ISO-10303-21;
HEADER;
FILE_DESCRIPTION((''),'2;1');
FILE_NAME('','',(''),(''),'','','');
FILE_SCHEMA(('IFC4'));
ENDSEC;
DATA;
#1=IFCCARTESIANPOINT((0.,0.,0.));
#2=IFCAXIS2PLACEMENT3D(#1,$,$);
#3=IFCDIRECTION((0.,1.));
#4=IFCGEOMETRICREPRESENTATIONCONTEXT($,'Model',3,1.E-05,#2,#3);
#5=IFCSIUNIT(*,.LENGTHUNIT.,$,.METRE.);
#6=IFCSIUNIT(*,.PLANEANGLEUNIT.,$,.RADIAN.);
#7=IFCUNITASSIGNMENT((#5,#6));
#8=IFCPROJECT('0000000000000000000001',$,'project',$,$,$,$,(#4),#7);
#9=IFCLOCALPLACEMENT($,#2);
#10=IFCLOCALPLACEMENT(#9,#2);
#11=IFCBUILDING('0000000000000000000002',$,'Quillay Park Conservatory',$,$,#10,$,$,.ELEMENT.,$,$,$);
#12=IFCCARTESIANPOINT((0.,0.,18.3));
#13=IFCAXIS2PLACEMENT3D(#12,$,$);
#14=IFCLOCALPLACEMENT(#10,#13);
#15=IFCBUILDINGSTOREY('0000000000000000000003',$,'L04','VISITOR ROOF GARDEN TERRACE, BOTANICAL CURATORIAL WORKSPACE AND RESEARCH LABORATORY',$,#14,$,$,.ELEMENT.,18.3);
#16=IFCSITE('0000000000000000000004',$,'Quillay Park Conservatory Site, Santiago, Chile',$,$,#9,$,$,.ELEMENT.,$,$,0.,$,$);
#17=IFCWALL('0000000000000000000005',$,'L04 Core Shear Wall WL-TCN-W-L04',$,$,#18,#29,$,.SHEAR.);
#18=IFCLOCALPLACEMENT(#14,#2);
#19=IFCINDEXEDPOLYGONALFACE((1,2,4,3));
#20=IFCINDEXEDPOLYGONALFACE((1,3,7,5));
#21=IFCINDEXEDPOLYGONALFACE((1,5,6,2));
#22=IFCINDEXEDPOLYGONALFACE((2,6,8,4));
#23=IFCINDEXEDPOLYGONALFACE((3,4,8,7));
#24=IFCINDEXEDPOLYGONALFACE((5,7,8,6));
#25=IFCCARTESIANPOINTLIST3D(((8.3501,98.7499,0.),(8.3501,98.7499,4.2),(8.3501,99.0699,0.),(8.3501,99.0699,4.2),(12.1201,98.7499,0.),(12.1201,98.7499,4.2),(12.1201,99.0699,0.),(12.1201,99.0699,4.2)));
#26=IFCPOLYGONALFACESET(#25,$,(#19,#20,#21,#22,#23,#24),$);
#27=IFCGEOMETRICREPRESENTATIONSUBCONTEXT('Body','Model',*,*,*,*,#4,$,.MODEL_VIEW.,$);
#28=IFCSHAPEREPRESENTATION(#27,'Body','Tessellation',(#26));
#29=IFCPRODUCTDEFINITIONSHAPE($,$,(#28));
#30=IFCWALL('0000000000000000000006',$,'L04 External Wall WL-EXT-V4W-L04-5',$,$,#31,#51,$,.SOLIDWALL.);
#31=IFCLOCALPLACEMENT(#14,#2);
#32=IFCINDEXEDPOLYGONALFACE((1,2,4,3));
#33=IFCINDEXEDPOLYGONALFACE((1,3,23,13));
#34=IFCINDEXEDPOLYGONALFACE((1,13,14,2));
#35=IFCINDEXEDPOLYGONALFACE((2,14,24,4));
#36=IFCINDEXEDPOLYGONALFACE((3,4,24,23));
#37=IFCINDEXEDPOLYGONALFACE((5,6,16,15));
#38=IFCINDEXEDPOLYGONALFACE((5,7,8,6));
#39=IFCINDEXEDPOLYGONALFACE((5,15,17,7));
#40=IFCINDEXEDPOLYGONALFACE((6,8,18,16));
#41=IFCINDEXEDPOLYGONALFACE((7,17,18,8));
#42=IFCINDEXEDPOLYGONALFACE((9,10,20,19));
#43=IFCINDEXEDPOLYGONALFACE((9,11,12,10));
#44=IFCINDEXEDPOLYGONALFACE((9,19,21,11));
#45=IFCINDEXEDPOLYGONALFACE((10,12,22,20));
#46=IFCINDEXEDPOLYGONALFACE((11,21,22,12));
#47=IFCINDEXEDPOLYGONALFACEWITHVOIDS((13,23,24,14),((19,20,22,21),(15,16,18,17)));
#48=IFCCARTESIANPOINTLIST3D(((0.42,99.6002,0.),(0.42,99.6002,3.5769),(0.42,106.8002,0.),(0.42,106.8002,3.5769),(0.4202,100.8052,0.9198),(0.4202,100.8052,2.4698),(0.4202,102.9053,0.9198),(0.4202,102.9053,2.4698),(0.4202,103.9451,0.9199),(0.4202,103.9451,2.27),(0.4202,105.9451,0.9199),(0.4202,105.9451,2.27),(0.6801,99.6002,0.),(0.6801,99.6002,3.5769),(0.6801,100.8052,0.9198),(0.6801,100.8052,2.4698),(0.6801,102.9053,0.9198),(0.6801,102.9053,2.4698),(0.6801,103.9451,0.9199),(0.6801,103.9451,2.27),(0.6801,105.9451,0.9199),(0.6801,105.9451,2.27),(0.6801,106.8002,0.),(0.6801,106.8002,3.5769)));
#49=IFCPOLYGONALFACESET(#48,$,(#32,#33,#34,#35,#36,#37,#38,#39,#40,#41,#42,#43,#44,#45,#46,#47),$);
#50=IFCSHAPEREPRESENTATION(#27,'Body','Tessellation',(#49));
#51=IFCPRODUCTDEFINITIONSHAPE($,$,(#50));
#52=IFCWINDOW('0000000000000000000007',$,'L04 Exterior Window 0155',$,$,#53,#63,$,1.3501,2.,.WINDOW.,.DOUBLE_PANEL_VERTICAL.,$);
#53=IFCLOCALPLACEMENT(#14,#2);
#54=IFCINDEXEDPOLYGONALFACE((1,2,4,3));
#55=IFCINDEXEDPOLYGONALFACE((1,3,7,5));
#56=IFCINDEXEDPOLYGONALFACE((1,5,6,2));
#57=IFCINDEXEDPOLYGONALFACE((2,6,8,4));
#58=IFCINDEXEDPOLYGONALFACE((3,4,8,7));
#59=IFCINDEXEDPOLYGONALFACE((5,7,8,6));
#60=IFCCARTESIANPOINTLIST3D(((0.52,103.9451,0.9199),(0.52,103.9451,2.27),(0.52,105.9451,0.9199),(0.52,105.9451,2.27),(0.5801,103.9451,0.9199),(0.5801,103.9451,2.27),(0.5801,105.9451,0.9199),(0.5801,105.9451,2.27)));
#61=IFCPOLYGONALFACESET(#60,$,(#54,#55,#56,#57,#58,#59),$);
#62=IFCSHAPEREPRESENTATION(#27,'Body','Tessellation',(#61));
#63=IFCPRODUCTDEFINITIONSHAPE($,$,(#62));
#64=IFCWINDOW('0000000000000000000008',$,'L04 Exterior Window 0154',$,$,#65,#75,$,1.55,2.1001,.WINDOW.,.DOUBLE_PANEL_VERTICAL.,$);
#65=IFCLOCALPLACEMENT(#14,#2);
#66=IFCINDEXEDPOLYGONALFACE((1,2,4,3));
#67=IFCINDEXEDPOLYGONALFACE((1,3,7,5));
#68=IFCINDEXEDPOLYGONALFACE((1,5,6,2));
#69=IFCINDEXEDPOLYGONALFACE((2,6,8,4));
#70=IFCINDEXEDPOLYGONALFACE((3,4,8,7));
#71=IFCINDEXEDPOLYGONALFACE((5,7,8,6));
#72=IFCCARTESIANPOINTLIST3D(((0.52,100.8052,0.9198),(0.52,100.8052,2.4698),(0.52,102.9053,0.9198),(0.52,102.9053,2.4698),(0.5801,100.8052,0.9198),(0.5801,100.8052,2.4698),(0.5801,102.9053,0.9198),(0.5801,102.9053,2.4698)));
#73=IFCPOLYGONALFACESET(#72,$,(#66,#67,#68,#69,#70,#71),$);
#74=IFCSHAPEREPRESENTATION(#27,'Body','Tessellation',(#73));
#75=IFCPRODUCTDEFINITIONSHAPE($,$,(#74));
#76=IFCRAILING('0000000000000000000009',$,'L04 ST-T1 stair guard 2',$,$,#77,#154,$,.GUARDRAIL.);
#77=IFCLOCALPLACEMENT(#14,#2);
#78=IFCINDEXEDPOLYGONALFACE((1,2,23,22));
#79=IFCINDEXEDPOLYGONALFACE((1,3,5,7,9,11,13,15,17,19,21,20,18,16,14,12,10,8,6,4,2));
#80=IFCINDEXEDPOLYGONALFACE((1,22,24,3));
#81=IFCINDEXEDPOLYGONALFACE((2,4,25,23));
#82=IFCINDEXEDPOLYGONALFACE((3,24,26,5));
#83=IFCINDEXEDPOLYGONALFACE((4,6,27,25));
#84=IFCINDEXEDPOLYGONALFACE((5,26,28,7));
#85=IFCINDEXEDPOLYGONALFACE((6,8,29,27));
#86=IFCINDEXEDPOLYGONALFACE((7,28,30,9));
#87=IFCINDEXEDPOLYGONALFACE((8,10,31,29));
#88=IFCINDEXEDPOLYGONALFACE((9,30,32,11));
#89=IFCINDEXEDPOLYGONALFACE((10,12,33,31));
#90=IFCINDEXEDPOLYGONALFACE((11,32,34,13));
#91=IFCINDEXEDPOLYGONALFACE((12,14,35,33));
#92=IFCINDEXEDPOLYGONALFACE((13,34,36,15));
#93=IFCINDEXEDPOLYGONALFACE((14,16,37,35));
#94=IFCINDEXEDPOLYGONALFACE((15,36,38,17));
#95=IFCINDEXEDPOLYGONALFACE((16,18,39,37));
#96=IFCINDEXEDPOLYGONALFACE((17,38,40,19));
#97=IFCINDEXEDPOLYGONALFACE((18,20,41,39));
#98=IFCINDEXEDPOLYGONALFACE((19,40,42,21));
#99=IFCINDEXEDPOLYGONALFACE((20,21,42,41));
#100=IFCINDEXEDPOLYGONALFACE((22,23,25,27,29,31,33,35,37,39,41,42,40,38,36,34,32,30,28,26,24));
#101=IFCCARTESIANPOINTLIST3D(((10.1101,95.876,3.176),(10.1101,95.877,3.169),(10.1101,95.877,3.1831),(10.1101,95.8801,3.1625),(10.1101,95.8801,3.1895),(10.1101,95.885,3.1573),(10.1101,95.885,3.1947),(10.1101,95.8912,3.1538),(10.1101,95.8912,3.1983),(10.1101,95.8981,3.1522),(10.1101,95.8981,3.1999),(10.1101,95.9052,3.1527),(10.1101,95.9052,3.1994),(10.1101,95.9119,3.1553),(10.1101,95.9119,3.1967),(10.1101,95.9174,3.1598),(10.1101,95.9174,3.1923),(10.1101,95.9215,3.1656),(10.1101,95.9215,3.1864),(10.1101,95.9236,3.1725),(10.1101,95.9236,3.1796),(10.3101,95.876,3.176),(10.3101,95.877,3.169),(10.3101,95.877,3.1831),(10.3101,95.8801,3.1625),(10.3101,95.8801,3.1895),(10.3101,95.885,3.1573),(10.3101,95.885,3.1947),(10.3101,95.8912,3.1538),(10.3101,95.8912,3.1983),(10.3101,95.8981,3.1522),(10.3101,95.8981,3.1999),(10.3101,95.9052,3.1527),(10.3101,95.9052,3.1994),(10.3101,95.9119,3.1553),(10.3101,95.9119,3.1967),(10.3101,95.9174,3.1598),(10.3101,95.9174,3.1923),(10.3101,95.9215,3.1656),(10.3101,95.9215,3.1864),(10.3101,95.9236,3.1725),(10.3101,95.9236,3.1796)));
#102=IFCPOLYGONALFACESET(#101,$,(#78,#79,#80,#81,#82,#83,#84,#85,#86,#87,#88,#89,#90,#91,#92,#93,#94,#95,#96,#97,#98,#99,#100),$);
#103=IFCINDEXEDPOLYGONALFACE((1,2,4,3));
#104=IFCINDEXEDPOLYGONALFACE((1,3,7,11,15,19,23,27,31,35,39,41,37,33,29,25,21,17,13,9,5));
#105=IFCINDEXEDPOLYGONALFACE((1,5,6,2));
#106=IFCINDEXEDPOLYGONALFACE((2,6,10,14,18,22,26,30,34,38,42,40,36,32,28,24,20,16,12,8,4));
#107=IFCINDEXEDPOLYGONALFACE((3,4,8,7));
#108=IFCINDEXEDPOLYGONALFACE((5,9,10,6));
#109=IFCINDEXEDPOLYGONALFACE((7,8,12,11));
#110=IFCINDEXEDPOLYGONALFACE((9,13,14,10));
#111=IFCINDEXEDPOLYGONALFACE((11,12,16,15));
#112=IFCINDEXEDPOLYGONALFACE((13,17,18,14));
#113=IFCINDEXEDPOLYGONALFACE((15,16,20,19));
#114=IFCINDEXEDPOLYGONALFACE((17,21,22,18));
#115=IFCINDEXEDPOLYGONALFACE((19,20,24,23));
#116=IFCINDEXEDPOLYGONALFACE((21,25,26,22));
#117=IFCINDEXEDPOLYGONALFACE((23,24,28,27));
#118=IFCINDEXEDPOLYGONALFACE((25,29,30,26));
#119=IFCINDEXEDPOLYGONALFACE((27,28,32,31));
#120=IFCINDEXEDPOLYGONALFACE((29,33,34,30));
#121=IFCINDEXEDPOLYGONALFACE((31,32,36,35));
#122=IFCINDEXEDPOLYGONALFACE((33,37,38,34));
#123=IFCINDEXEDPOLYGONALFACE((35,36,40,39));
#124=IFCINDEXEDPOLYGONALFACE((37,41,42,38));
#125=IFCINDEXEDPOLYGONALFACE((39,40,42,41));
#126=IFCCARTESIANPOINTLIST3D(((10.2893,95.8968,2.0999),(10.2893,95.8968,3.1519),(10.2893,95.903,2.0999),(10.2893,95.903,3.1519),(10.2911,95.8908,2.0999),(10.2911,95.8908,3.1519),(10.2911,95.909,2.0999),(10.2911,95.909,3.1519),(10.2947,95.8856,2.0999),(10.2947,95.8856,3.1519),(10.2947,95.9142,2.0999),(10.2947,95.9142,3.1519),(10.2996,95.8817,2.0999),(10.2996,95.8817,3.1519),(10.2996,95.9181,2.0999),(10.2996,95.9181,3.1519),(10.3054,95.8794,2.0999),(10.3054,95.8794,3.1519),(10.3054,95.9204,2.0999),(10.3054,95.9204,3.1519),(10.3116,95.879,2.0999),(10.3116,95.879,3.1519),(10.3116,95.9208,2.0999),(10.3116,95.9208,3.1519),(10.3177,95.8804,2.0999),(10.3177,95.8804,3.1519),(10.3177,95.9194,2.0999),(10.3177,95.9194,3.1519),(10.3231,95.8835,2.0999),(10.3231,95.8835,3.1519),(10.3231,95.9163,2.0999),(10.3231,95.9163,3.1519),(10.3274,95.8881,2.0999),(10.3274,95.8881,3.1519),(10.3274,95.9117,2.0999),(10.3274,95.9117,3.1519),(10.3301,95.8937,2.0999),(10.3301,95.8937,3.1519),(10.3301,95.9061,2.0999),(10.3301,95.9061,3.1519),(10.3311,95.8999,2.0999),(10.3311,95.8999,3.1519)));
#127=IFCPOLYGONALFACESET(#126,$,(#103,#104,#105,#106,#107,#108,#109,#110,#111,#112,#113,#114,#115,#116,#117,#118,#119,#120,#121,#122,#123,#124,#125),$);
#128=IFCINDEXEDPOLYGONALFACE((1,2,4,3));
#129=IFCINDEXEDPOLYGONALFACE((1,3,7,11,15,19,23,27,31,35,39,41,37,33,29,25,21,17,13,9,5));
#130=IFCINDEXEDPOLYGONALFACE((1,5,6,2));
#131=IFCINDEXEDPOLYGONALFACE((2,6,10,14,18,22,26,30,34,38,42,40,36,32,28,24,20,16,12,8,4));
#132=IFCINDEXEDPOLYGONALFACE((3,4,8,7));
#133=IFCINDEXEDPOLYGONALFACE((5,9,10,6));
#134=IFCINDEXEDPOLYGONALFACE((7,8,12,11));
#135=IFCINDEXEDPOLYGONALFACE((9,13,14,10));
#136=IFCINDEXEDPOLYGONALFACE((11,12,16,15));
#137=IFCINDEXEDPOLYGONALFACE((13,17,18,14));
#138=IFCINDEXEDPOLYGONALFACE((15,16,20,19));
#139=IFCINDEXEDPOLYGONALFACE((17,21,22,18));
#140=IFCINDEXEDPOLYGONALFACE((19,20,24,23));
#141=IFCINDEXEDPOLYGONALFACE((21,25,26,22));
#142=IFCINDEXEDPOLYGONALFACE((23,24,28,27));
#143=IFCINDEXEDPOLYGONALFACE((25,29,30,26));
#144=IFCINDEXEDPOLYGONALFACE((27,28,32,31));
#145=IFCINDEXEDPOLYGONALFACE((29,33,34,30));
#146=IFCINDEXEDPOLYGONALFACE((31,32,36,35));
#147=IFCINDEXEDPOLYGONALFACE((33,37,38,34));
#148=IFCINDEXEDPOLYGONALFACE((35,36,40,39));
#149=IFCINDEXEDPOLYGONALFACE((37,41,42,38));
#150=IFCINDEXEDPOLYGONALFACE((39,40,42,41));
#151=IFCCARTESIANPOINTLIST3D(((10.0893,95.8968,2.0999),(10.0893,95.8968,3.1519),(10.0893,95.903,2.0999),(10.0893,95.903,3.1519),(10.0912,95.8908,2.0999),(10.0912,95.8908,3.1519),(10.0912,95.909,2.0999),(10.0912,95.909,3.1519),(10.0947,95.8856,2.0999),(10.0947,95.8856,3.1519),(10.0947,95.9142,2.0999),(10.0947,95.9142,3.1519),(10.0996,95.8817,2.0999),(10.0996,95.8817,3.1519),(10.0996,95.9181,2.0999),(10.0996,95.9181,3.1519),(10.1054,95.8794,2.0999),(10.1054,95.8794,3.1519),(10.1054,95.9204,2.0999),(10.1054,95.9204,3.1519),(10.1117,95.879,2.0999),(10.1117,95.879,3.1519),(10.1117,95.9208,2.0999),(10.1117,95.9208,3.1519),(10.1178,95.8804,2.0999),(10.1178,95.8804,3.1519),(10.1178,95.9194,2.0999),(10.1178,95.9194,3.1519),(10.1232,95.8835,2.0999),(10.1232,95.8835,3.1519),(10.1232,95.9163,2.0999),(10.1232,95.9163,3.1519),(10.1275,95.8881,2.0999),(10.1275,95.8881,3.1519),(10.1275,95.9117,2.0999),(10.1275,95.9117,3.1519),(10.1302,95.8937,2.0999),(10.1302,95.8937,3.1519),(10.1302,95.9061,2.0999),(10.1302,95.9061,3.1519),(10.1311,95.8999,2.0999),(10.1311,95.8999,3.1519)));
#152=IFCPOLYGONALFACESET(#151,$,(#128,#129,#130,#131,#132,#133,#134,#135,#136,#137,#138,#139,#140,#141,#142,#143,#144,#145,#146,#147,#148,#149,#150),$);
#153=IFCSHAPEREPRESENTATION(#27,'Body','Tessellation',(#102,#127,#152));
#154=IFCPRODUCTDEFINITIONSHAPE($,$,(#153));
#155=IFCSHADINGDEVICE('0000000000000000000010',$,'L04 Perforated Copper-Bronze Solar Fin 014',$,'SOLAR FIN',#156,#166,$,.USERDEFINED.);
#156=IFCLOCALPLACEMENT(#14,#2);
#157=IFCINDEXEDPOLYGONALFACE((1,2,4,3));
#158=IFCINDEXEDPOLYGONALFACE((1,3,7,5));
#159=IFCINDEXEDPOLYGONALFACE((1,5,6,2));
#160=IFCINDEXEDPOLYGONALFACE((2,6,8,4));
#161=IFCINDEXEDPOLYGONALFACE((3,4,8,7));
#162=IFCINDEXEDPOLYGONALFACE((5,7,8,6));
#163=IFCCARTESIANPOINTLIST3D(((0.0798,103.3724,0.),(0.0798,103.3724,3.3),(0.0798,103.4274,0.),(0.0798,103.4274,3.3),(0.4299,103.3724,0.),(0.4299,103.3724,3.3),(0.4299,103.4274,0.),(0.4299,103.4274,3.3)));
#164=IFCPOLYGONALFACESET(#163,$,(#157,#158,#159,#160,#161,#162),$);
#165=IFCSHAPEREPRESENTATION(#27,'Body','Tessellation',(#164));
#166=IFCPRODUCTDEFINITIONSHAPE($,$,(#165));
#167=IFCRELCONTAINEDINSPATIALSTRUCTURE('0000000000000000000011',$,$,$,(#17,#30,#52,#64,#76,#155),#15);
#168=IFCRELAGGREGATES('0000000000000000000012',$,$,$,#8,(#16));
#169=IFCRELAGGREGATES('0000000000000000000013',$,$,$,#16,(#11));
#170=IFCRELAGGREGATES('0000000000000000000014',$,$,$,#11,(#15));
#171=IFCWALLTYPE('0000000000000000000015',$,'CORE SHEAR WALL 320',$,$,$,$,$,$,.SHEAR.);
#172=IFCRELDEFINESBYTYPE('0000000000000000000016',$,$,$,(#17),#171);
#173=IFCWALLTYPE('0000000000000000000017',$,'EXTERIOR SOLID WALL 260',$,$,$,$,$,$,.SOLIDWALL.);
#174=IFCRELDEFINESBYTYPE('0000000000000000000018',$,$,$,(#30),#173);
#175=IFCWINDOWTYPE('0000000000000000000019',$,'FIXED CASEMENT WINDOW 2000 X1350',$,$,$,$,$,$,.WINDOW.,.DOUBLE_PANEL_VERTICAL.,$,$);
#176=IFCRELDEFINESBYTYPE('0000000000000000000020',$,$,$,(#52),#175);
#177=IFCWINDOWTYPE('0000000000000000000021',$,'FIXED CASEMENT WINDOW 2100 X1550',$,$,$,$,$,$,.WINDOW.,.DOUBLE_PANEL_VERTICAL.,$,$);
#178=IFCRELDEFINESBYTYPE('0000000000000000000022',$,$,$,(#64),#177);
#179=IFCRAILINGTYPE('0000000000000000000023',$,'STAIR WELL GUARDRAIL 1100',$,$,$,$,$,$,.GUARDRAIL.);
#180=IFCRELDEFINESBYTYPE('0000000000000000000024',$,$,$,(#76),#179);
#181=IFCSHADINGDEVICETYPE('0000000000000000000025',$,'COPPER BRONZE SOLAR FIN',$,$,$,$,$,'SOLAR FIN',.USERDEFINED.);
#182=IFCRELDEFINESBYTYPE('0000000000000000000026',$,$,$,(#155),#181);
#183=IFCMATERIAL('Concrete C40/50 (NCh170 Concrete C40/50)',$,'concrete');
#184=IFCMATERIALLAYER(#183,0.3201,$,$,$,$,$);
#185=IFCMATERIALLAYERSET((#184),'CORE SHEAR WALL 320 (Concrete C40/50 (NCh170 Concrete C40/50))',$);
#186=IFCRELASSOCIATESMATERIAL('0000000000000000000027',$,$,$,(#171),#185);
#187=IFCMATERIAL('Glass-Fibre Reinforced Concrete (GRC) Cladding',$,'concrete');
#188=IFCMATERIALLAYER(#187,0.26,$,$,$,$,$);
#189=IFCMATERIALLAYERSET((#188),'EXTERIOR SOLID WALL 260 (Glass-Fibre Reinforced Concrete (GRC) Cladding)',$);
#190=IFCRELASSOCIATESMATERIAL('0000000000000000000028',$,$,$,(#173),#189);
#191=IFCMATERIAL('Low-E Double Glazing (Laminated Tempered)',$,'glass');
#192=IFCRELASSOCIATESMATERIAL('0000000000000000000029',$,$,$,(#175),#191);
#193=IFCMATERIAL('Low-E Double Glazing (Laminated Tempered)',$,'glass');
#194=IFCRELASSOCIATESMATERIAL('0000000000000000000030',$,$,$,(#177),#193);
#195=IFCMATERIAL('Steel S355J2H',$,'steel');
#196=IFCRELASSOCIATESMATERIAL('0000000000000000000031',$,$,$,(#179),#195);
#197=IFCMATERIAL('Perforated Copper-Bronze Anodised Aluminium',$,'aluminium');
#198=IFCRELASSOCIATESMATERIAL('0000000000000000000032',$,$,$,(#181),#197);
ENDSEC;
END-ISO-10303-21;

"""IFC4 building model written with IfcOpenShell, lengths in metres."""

from ifc_helpers import new_model, si_unit, direction, frame, frame_2d, origin, origin_2d, place, context, subcontext, project, spatial, rectangle, circle, extrude, material, layer, layer_set, type_object, element, fill, save


model = new_model("IFC4")

# Units and contexts
model_context = context("Model", 3, precision=1e-05, world=origin(), true_north=direction((0.0, 1.0)))
body_context = subcontext(model_context, "Body", "Model", "MODEL_VIEW")
ifc_project = project(units=[si_unit("LENGTHUNIT", "METRE"), si_unit("PLANEANGLEUNIT", "RADIAN")], contexts=[model_context])

# Site, building, storey
site_placement = place(None, origin())
site = spatial("IfcSite", under=ifc_project, at=site_placement, Name="Quillay Park Conservatory Site, Santiago, Chile", CompositionType="ELEMENT", RefElevation=0.0)
building_placement = place(site_placement, origin())
building = spatial("IfcBuilding", under=site, at=building_placement, Name="Quillay Park Conservatory", CompositionType="ELEMENT")
storey_placement = place(building_placement, frame((0.0, 0.0, 18.3)))
storey = spatial("IfcBuildingStorey", under=building, at=storey_placement, Name="L04", Description="VISITOR ROOF GARDEN TERRACE, BOTANICAL CURATORIAL WORKSPACE AND RESEARCH LABORATORY", CompositionType="ELEMENT", Elevation=18.3)

# Wall
ifc_material_1 = material(Name="Concrete C40/50 (NCh170 Concrete C40/50)", Category="concrete")
ifc_layer_1 = layer(ifc_material_1, 0.3201)
ifc_layer_set_1 = layer_set([ifc_layer_1], Name="CORE SHEAR WALL 320 (Concrete C40/50 (NCh170 Concrete C40/50))")
wall_type_1 = type_object("IfcWallType", Name="CORE SHEAR WALL 320", PredefinedType="SHEAR", material=ifc_layer_set_1)
wall_1_placement = place(storey_placement, frame((8.3501, 98.9099, 0.0), z_axis=(0.0, 0.0, 1.0), x_axis=(1.0, 0.0, 0.0)))
element("IfcWall", 1, at=wall_1_placement, inside=storey, type_object=wall_type_1, Name="L04 Core Shear Wall WL-TCN-W-L04", PredefinedType="SHEAR", context=body_context, shape_type="SweptSolid", body=[
    extrude(rectangle(XDim=3.77, YDim=0.3201, at=frame_2d((1.885, 0.0))), origin(), (0.0, 0.0, 1.0), 4.2),
])

# Wall, openings, windows
ifc_material_2 = material(Name="Glass-Fibre Reinforced Concrete (GRC) Cladding", Category="concrete")
ifc_layer_2 = layer(ifc_material_2, 0.26)
ifc_layer_set_2 = layer_set([ifc_layer_2], Name="EXTERIOR SOLID WALL 260 (Glass-Fibre Reinforced Concrete (GRC) Cladding)")
wall_type_2 = type_object("IfcWallType", Name="EXTERIOR SOLID WALL 260", PredefinedType="SOLIDWALL", material=ifc_layer_set_2)
wall_2_placement = place(storey_placement, frame((0.55, 99.6001, 0.0), z_axis=(0.0, 0.0, 1.0), x_axis=(0.0, 1.0, 0.0)))
wall_2 = element("IfcWall", 2, at=wall_2_placement, inside=storey, type_object=wall_type_2, Name="L04 External Wall WL-EXT-V4W-L04-5", PredefinedType="SOLIDWALL", context=body_context, shape_type="SweptSolid", body=[
    extrude(rectangle(XDim=7.2, YDim=0.26, at=frame_2d((3.6001, 0.0))), origin(), (0.0, 0.0, 1.0), 3.5769),
])
opening_1_placement = place(wall_2_placement, frame((1.2051, 0.0, 0.9199)))
opening_1 = element("IfcOpeningElement", 3, at=opening_1_placement, cuts=wall_2, PredefinedType="OPENING", context=body_context, shape_type="SweptSolid", body=[
    extrude(rectangle(XDim=2.1001, YDim=1.55, at=frame_2d((1.05, 0.7749))), frame((0.0, 0.1299, 0.0), z_axis=(0.0, -1.0, 0.0), x_axis=(1.0, 0.0, 0.0)), (0.0, 0.0, 1.0), 0.26),
])
opening_2_placement = place(wall_2_placement, frame((4.345, 0.0, 0.9199)))
opening_2 = element("IfcOpeningElement", 4, at=opening_2_placement, cuts=wall_2, PredefinedType="OPENING", context=body_context, shape_type="SweptSolid", body=[
    extrude(rectangle(XDim=2.0, YDim=1.3501, at=frame_2d((1.0, 0.675))), frame((0.0, 0.1299, 0.0), z_axis=(0.0, -1.0, 0.0), x_axis=(1.0, 0.0, 0.0)), (0.0, 0.0, 1.0), 0.26),
])
ifc_material_3 = material(Name="Low-E Double Glazing (Laminated Tempered)", Category="glass")
window_type_1 = type_object("IfcWindowType", Name="FIXED CASEMENT WINDOW 2000 X1350", PartitioningType="DOUBLE_PANEL_VERTICAL", PredefinedType="WINDOW", material=ifc_material_3)
window_1_placement = place(opening_2_placement, origin())
window_1 = element("IfcWindow", 5, at=window_1_placement, inside=storey, type_object=window_type_1, Name="L04 Exterior Window 0155", OverallHeight=1.3501, OverallWidth=2.0, PartitioningType="DOUBLE_PANEL_VERTICAL", PredefinedType="WINDOW", context=body_context, shape_type="SweptSolid", body=[
    extrude(rectangle(XDim=2.0, YDim=1.3501, at=frame_2d((1.0, 0.675))), frame((0.0, 0.03, 0.0), z_axis=(0.0, -1.0, 0.0), x_axis=(1.0, 0.0, 0.0)), (0.0, 0.0, 1.0), 0.0601),
])
fill(opening_2, window_1)
ifc_material_4 = material(Name="Low-E Double Glazing (Laminated Tempered)", Category="glass")
window_type_2 = type_object("IfcWindowType", Name="FIXED CASEMENT WINDOW 2100 X1550", PartitioningType="DOUBLE_PANEL_VERTICAL", PredefinedType="WINDOW", material=ifc_material_4)
window_2_placement = place(opening_1_placement, origin())
window_2 = element("IfcWindow", 6, at=window_2_placement, inside=storey, type_object=window_type_2, Name="L04 Exterior Window 0154", OverallHeight=1.55, OverallWidth=2.1001, PartitioningType="DOUBLE_PANEL_VERTICAL", PredefinedType="WINDOW", context=body_context, shape_type="SweptSolid", body=[
    extrude(rectangle(XDim=2.1001, YDim=1.55, at=frame_2d((1.05, 0.7749))), frame((0.0, 0.03, 0.0), z_axis=(0.0, -1.0, 0.0), x_axis=(1.0, 0.0, 0.0)), (0.0, 0.0, 1.0), 0.0601),
])
fill(opening_1, window_2)

# Railing
ifc_material_5 = material(Name="Steel S355J2H", Category="steel")
railing_type = type_object("IfcRailingType", Name="STAIR WELL GUARDRAIL 1100", PredefinedType="GUARDRAIL", material=ifc_material_5)
railing_placement = place(storey_placement, frame((10.3101, 95.8999, 2.0999)))
element("IfcRailing", 7, at=railing_placement, inside=storey, type_object=railing_type, Name="L04 ST-T1 stair guard 2", PredefinedType="GUARDRAIL", context=body_context, shape_type="SweptSolid", body=[
    extrude(circle(Radius=0.0239, at=origin_2d()), frame((0.0, 0.0, 1.0762), z_axis=(-1.0, 0.0, 0.0), x_axis=(0.0, -1.0, 0.0)), (0.0, 0.0, 1.0), 0.2),
    extrude(circle(Radius=0.021, at=origin_2d()), origin(), (0.0, 0.0, 1.0), 1.052),
    extrude(circle(Radius=0.021, at=origin_2d()), frame((-0.2, 0.0, 0.0)), (0.0, 0.0, 1.0), 1.052),
])

# Shading device
ifc_material_6 = material(Name="Perforated Copper-Bronze Anodised Aluminium", Category="aluminium")
shading_device_type = type_object("IfcShadingDeviceType", Name="COPPER BRONZE SOLAR FIN", ElementType="SOLAR FIN", PredefinedType="USERDEFINED", material=ifc_material_6)
shading_device_placement = place(storey_placement, frame((0.2549, 103.3999, 0.0), z_axis=(0.0, 0.0, 1.0), x_axis=(1.0, 0.0, 0.0)))
element("IfcShadingDevice", 8, at=shading_device_placement, inside=storey, type_object=shading_device_type, Name="L04 Perforated Copper-Bronze Solar Fin 014", ObjectType="SOLAR FIN", PredefinedType="USERDEFINED", context=body_context, shape_type="SweptSolid", body=[
    extrude(rectangle(XDim=0.3501, YDim=0.0549, at=origin_2d()), origin(), (0.0, 0.0, 1.0), 3.3),
])

save(model, "model.ifc")
